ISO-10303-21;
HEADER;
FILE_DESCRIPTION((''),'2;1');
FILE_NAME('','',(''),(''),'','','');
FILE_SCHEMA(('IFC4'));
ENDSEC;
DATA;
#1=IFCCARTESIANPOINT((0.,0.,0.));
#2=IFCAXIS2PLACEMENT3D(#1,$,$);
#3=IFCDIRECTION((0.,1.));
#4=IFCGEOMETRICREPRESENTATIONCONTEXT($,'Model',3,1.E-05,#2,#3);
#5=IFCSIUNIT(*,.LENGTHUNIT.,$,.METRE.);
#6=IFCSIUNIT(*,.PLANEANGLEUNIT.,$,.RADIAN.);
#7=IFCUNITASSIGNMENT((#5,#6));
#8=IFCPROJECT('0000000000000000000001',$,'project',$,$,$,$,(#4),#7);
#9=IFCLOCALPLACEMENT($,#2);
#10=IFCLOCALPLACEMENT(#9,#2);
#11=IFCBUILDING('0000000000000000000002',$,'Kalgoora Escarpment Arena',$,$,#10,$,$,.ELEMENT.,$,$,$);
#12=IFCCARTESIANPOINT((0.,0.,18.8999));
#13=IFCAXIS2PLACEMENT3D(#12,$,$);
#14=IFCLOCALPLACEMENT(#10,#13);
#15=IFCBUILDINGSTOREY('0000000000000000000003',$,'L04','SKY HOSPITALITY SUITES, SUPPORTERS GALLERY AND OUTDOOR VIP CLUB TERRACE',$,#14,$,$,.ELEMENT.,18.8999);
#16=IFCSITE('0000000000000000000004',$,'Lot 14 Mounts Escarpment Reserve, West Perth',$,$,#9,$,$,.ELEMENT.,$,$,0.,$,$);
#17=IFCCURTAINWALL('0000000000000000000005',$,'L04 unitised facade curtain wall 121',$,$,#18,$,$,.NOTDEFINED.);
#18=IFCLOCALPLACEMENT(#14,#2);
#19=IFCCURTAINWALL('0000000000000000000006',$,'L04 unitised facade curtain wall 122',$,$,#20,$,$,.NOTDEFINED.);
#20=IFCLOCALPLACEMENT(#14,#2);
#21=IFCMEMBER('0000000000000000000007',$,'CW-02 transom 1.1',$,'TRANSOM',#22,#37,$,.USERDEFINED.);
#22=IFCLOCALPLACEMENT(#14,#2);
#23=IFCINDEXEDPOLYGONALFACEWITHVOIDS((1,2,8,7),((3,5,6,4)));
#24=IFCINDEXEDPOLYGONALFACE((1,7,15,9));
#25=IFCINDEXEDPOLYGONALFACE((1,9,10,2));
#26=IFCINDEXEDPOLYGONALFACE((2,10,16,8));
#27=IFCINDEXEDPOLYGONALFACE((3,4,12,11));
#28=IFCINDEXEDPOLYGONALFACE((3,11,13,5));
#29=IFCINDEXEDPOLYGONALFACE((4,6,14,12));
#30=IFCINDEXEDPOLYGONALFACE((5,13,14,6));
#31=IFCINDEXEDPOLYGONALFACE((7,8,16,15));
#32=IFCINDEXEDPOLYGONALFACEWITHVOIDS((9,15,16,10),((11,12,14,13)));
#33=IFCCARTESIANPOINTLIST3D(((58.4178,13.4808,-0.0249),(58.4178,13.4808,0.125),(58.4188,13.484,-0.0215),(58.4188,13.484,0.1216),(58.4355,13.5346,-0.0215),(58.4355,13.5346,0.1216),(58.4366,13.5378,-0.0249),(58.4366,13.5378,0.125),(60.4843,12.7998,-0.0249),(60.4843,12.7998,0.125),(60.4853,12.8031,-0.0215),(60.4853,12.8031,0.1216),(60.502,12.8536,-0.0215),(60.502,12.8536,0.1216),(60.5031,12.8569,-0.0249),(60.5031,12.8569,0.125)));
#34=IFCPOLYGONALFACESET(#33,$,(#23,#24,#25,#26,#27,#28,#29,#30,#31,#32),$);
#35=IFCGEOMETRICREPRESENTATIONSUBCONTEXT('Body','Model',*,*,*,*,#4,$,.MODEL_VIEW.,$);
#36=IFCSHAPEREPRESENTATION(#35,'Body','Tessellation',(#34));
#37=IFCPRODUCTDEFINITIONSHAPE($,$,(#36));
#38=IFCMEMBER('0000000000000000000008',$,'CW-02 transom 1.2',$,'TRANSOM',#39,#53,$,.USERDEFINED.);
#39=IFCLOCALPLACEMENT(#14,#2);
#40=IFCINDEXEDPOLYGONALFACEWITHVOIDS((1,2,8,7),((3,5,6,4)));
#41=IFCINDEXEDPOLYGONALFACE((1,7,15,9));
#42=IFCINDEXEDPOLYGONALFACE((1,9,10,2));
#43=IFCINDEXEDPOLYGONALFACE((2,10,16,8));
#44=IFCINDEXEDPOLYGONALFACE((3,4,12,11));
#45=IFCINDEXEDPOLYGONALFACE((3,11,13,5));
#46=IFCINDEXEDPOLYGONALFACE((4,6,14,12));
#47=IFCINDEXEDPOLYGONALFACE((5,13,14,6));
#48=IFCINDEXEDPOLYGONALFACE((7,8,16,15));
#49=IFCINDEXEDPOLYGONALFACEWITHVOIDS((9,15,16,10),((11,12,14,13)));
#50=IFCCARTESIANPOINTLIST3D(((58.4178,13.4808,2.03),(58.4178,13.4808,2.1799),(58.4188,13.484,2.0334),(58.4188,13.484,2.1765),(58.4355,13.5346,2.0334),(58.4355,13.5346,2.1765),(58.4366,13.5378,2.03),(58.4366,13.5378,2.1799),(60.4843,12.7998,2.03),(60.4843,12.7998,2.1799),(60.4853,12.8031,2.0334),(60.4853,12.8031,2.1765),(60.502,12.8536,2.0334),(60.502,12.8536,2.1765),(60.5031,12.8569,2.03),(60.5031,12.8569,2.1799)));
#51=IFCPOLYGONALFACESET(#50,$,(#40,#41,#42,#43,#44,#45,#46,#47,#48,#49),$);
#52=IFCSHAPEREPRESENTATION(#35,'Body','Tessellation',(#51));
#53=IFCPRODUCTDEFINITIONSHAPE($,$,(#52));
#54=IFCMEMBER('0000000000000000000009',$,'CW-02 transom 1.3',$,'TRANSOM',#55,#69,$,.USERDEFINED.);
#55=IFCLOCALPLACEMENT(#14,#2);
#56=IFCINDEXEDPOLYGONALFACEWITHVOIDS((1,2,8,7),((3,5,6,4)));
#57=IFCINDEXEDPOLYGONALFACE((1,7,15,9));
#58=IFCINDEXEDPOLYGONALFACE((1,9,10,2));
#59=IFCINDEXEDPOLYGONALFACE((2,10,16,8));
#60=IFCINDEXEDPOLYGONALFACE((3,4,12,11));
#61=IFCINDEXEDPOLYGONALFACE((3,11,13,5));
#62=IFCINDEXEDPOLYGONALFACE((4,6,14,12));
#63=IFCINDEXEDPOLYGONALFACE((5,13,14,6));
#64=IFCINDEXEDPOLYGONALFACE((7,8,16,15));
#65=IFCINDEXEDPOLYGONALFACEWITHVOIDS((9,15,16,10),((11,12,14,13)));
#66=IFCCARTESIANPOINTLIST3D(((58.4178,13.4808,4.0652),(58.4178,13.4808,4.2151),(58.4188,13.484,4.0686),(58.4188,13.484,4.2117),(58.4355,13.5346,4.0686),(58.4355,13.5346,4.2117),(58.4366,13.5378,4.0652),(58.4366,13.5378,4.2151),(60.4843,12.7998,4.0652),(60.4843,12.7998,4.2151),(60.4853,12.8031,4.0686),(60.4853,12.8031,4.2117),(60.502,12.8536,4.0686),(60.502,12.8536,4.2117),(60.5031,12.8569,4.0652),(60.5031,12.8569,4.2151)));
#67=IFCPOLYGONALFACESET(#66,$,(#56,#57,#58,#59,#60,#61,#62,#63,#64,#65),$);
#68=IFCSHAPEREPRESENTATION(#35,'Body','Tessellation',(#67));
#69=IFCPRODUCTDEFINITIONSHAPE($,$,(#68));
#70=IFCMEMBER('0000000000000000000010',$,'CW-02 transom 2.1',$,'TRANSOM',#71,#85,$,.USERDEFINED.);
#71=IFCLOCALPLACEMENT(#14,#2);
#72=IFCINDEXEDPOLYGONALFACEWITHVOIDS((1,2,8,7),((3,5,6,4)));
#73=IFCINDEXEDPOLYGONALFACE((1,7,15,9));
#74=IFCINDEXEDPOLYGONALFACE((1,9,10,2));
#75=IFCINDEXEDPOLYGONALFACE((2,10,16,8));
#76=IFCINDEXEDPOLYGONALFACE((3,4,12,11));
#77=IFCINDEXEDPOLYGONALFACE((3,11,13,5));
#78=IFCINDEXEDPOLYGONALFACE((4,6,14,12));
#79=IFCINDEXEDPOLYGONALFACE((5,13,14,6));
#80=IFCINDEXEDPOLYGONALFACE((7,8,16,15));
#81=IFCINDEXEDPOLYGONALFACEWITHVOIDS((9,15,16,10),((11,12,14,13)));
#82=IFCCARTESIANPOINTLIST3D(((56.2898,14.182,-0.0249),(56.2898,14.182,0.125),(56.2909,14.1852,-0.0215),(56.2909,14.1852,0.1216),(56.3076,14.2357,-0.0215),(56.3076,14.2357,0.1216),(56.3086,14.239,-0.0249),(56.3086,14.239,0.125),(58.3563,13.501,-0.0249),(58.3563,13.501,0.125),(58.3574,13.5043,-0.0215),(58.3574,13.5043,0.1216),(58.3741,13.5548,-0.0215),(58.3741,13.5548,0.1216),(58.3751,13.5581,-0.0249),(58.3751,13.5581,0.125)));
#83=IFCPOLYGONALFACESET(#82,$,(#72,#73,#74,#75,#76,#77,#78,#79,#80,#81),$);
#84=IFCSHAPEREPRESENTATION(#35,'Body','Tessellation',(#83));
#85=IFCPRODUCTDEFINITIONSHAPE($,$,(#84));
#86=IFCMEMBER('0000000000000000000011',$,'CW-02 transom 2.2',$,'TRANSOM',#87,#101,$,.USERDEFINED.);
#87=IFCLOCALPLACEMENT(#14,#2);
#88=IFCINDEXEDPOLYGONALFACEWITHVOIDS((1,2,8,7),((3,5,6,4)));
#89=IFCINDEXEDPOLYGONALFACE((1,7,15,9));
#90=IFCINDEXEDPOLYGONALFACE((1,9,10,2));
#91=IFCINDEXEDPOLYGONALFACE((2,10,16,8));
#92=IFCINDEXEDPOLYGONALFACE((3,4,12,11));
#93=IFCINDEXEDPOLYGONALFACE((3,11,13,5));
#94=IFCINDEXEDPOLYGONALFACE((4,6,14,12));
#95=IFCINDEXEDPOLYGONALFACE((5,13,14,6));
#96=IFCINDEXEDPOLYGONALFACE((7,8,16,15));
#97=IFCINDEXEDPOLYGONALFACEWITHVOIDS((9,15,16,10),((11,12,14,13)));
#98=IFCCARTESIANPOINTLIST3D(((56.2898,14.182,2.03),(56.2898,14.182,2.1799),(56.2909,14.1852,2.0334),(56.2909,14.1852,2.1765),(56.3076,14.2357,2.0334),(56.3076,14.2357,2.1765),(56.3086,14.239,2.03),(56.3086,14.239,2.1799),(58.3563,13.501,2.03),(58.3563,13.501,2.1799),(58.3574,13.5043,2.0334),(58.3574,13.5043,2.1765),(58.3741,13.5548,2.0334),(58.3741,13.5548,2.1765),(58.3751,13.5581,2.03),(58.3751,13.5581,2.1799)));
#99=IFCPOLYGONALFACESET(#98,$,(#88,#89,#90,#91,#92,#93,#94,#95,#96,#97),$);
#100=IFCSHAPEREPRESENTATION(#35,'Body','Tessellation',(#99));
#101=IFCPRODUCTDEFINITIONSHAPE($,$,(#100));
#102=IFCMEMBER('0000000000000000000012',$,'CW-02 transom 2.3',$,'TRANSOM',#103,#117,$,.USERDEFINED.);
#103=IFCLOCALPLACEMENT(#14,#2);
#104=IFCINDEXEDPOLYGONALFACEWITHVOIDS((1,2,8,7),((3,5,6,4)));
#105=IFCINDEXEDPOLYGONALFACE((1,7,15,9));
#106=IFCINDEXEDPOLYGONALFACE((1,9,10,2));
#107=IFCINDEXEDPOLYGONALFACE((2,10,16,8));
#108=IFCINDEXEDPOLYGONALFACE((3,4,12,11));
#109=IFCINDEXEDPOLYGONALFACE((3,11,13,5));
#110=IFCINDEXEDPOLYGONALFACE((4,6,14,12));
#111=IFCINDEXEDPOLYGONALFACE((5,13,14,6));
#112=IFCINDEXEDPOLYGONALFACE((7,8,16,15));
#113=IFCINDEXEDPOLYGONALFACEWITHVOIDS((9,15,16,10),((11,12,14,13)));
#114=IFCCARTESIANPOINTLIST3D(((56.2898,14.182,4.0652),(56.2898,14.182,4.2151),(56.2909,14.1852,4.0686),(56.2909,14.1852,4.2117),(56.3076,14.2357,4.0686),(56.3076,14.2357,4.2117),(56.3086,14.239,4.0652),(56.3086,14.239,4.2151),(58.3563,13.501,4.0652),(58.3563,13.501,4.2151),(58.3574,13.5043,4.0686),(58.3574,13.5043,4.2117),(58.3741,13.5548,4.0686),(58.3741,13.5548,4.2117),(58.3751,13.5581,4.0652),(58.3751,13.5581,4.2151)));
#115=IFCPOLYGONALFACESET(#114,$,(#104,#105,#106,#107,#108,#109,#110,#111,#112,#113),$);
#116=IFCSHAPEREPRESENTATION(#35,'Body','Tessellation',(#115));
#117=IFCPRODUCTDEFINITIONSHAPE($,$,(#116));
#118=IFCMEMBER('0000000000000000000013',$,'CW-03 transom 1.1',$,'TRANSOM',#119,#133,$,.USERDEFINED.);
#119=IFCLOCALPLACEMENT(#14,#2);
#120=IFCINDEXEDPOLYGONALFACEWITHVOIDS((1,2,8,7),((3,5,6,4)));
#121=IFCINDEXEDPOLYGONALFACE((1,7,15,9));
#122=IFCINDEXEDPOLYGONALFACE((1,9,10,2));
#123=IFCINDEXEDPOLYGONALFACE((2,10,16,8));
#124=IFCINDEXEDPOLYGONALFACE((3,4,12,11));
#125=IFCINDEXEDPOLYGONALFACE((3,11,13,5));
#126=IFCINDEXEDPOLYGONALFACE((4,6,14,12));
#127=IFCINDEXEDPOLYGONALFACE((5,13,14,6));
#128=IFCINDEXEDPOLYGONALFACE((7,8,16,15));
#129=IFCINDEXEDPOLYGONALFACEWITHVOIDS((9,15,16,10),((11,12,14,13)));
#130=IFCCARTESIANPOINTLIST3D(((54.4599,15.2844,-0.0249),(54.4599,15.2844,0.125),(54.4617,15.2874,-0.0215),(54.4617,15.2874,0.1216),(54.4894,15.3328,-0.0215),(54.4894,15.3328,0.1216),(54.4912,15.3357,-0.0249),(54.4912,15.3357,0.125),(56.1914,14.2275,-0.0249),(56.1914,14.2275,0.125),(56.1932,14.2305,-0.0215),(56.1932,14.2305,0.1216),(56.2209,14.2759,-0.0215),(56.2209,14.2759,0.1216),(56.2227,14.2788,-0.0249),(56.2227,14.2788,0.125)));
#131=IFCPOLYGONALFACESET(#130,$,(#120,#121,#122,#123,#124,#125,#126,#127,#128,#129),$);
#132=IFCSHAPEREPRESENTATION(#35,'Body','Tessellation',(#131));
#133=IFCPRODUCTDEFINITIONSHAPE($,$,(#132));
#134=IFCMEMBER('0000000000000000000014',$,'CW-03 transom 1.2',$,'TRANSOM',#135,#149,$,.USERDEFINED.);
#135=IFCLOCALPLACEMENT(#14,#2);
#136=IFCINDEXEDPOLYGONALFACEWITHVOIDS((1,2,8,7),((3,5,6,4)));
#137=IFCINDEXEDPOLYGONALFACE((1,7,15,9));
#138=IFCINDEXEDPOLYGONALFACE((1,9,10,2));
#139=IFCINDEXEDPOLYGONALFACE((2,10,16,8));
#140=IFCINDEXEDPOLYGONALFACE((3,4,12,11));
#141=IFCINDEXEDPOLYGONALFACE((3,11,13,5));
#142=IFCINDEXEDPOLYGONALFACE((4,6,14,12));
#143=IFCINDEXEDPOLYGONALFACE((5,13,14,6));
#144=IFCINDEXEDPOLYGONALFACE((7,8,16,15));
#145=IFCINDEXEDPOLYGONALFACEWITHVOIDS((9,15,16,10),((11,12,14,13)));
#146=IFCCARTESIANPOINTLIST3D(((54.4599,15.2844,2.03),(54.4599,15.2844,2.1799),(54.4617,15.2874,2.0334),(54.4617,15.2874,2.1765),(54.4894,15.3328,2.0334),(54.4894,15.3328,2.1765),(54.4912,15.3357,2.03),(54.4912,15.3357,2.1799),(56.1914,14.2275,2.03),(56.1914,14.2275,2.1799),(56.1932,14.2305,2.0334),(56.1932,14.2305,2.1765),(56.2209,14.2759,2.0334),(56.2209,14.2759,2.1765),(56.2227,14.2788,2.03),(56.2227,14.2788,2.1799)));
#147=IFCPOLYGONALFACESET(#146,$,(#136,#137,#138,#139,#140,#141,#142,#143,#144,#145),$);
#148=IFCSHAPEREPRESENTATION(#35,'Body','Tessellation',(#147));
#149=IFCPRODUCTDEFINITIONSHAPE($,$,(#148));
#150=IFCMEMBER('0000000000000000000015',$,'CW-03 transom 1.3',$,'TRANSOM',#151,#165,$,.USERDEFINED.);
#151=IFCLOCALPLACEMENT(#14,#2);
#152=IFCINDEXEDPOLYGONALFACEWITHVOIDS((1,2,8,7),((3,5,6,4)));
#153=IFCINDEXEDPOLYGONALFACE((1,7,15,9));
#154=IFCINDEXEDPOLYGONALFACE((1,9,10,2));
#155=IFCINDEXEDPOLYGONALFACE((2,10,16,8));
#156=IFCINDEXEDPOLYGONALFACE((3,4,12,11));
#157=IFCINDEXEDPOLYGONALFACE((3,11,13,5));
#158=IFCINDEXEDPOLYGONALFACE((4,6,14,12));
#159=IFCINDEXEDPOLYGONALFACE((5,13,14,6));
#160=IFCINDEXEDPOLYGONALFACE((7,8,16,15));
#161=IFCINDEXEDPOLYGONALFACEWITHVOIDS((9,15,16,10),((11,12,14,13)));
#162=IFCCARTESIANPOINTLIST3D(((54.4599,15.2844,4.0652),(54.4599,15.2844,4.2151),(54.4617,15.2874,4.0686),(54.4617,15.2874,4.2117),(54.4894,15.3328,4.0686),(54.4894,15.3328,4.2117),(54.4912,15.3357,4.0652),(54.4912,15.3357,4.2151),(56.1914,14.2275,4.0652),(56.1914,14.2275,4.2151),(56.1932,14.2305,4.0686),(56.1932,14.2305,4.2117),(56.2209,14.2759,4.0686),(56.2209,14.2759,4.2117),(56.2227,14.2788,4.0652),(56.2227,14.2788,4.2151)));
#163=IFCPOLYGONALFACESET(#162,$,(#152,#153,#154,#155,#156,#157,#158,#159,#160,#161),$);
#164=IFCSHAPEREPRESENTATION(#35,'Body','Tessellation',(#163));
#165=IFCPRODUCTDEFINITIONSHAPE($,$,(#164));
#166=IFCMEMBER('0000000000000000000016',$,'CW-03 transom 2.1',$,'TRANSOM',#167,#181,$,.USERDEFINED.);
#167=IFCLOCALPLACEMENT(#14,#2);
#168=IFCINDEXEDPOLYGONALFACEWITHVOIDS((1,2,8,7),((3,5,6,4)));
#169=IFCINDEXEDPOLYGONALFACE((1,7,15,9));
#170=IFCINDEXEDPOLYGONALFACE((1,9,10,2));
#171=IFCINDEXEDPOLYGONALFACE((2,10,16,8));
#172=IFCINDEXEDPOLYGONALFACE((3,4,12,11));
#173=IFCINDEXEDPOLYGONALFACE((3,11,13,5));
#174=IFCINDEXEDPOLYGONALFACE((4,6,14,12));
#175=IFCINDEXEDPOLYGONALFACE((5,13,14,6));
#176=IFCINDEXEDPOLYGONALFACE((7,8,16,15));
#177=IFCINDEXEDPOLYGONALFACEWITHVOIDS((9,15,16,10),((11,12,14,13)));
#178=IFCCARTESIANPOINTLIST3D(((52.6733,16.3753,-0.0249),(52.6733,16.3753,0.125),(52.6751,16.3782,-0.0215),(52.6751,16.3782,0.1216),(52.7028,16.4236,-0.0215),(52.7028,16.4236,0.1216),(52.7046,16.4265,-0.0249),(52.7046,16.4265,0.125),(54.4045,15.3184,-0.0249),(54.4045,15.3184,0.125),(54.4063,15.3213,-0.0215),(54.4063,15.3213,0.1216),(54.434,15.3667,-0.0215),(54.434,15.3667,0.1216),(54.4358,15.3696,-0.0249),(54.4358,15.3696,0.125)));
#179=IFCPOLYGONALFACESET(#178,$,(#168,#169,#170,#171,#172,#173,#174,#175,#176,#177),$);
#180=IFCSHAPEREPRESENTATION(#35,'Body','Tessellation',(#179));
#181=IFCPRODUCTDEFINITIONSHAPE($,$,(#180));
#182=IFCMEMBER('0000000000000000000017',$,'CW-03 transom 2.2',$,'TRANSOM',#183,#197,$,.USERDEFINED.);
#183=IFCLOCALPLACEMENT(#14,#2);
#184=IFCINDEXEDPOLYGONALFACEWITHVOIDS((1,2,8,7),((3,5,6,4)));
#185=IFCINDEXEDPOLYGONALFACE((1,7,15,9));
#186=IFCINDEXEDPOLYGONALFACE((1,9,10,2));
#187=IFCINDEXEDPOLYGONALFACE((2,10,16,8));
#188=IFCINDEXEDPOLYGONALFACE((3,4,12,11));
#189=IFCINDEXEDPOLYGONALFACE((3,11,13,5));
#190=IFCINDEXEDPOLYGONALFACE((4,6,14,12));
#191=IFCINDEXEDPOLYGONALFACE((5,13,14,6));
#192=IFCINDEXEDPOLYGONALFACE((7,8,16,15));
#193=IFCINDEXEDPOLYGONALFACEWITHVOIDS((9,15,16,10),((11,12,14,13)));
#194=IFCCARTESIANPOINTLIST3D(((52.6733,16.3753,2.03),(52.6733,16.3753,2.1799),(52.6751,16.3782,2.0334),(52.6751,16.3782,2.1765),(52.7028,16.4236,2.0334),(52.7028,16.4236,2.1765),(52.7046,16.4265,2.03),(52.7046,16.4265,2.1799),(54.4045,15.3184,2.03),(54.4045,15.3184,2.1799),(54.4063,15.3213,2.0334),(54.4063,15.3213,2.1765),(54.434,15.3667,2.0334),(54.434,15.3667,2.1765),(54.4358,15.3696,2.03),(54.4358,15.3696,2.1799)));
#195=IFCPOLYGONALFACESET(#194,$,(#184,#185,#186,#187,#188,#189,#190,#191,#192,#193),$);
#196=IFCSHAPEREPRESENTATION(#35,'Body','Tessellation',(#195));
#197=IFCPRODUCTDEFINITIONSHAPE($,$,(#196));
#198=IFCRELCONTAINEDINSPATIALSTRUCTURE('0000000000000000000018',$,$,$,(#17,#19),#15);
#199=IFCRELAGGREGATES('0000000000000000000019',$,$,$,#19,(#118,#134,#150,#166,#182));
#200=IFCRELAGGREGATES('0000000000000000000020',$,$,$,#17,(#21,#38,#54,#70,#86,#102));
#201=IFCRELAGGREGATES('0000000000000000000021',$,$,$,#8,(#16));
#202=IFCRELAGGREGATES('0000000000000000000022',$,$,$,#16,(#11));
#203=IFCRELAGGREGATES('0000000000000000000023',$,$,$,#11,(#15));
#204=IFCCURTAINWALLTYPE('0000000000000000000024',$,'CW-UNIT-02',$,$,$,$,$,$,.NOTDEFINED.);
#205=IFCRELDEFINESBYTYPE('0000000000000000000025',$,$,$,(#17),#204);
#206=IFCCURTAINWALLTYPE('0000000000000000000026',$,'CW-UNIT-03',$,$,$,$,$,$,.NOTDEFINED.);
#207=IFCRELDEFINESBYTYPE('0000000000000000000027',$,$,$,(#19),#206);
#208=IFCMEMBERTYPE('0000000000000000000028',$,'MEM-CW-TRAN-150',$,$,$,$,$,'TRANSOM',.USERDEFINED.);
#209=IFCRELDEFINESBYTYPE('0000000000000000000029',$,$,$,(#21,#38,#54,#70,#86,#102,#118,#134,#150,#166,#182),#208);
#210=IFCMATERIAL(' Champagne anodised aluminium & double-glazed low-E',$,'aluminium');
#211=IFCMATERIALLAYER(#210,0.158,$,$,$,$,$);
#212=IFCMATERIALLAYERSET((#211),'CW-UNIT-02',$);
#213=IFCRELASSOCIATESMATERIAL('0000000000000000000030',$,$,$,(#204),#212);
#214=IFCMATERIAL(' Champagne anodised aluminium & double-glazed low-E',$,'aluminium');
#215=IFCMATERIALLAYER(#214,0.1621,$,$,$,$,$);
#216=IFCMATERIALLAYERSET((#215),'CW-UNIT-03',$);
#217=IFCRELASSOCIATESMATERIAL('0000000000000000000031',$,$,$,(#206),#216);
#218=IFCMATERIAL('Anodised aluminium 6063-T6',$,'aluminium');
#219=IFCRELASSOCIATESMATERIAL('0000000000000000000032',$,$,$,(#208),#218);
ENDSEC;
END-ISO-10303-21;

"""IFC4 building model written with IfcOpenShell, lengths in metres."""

from ifc_helpers import new_model, si_unit, direction, frame, origin, origin_2d, place, context, subcontext, project, spatial, hollow_rectangle, extrude, material, layer, layer_set, material_profile, profile_set, type_object, element, aggregate, save


model = new_model("IFC4")

# Units and contexts
model_context = context("Model", 3, precision=1e-05, world=origin(), true_north=direction((0.0, 1.0)))
body_context = subcontext(model_context, "Body", "Model", "MODEL_VIEW")
ifc_project = project(units=[si_unit("LENGTHUNIT", "METRE"), si_unit("PLANEANGLEUNIT", "RADIAN")], contexts=[model_context])

# Site, building, storey
site_placement = place(None, origin())
site = spatial("IfcSite", under=ifc_project, at=site_placement, Name="Lot 14 Mounts Escarpment Reserve, West Perth", CompositionType="ELEMENT", RefElevation=0.0)
building_placement = place(site_placement, origin())
building = spatial("IfcBuilding", under=site, at=building_placement, Name="Kalgoora Escarpment Arena", CompositionType="ELEMENT")
storey_placement = place(building_placement, frame((0.0, 0.0, 18.8999)))
storey = spatial("IfcBuildingStorey", under=building, at=storey_placement, Name="L04", Description="SKY HOSPITALITY SUITES, SUPPORTERS GALLERY AND OUTDOOR VIP CLUB TERRACE", CompositionType="ELEMENT", Elevation=18.8999)

# Curtain walls
ifc_material_1 = material(Name=" Champagne anodised aluminium & double-glazed low-E", Category="aluminium")
ifc_layer_1 = layer(ifc_material_1, 0.158)
ifc_layer_set_1 = layer_set([ifc_layer_1], Name="CW-UNIT-02")
curtain_wall_type_1 = type_object("IfcCurtainWallType", Name="CW-UNIT-02", PredefinedType="NOTDEFINED", material=ifc_layer_set_1)
curtain_wall_1_placement = place(storey_placement, origin())
curtain_wall_1 = element("IfcCurtainWall", 1, at=curtain_wall_1_placement, inside=storey, type_object=curtain_wall_type_1, Name="L04 unitised facade curtain wall 121", PredefinedType="NOTDEFINED")
ifc_material_2 = material(Name=" Champagne anodised aluminium & double-glazed low-E", Category="aluminium")
ifc_layer_2 = layer(ifc_material_2, 0.1621)
ifc_layer_set_2 = layer_set([ifc_layer_2], Name="CW-UNIT-03")
curtain_wall_type_2 = type_object("IfcCurtainWallType", Name="CW-UNIT-03", PredefinedType="NOTDEFINED", material=ifc_layer_set_2)
curtain_wall_2_placement = place(storey_placement, origin())
curtain_wall_2 = element("IfcCurtainWall", 2, at=curtain_wall_2_placement, inside=storey, type_object=curtain_wall_type_2, Name="L04 unitised facade curtain wall 122", PredefinedType="NOTDEFINED")

# Members
ifc_material_3 = material(Name="Anodised aluminium 6063-T6", Category="aluminium")
ifc_material_profile_1 = material_profile(ifc_material_3, hollow_rectangle(XDim=0.0601, YDim=0.1499, WallThickness=0.0034, at=origin_2d()))
ifc_profile_set_1 = profile_set([ifc_material_profile_1], Name="Anodised aluminium 6063-T6")
member_type_1 = type_object("IfcMemberType", Name="MEM-CW-TRAN-150", ElementType="TRANSOM", PredefinedType="USERDEFINED", material=ifc_profile_set_1)
member_1_placement = place(storey_placement, frame((60.4937, 12.8284, 0.05), z_axis=(-0.949766, 0.312961, 0.0), x_axis=(-0.312961, -0.949766, 0.0)))
member_1 = element("IfcMember", 3, at=member_1_placement, type_object=member_type_1, Name="CW-02 transom 1.1", ObjectType="TRANSOM", PredefinedType="USERDEFINED", context=body_context, shape_type="SweptSolid", body=[
    extrude(hollow_rectangle(XDim=0.0601, YDim=0.1499, WallThickness=0.0034, at=origin_2d()), origin(), (0.0, 0.0, 1.0), 2.1758),
])
member_2_placement = place(storey_placement, frame((60.4937, 12.8284, 2.105), z_axis=(-0.949766, 0.312961, 0.0), x_axis=(-0.312961, -0.949766, 0.0)))
member_2 = element("IfcMember", 4, at=member_2_placement, type_object=member_type_1, Name="CW-02 transom 1.2", ObjectType="TRANSOM", PredefinedType="USERDEFINED", context=body_context, shape_type="SweptSolid", body=[
    extrude(hollow_rectangle(XDim=0.0601, YDim=0.1499, WallThickness=0.0034, at=origin_2d()), origin(), (0.0, 0.0, 1.0), 2.1758),
])
member_3_placement = place(storey_placement, frame((60.4937, 12.8284, 4.1401), z_axis=(-0.949766, 0.312961, 0.0), x_axis=(-0.312961, -0.949766, 0.0)))
member_3 = element("IfcMember", 5, at=member_3_placement, type_object=member_type_1, Name="CW-02 transom 1.3", ObjectType="TRANSOM", PredefinedType="USERDEFINED", context=body_context, shape_type="SweptSolid", body=[
    extrude(hollow_rectangle(XDim=0.0601, YDim=0.1499, WallThickness=0.0034, at=origin_2d()), origin(), (0.0, 0.0, 1.0), 2.1758),
])
member_4_placement = place(storey_placement, frame((58.3657, 13.5295, 0.05), z_axis=(-0.949766, 0.312961, 0.0), x_axis=(-0.312961, -0.949766, 0.0)))
member_4 = element("IfcMember", 6, at=member_4_placement, type_object=member_type_1, Name="CW-02 transom 2.1", ObjectType="TRANSOM", PredefinedType="USERDEFINED", context=body_context, shape_type="SweptSolid", body=[
    extrude(hollow_rectangle(XDim=0.0601, YDim=0.1499, WallThickness=0.0034, at=origin_2d()), origin(), (0.0, 0.0, 1.0), 2.1758),
])
member_5_placement = place(storey_placement, frame((58.3657, 13.5295, 2.105), z_axis=(-0.949766, 0.312961, 0.0), x_axis=(-0.312961, -0.949766, 0.0)))
member_5 = element("IfcMember", 7, at=member_5_placement, type_object=member_type_1, Name="CW-02 transom 2.2", ObjectType="TRANSOM", PredefinedType="USERDEFINED", context=body_context, shape_type="SweptSolid", body=[
    extrude(hollow_rectangle(XDim=0.0601, YDim=0.1499, WallThickness=0.0034, at=origin_2d()), origin(), (0.0, 0.0, 1.0), 2.1758),
])
member_6_placement = place(storey_placement, frame((58.3657, 13.5295, 4.1401), z_axis=(-0.949766, 0.312961, 0.0), x_axis=(-0.312961, -0.949766, 0.0)))
member_6 = element("IfcMember", 8, at=member_6_placement, type_object=member_type_1, Name="CW-02 transom 2.3", ObjectType="TRANSOM", PredefinedType="USERDEFINED", context=body_context, shape_type="SweptSolid", body=[
    extrude(hollow_rectangle(XDim=0.0601, YDim=0.1499, WallThickness=0.0034, at=origin_2d()), origin(), (0.0, 0.0, 1.0), 2.1758),
])
member_7_placement = place(storey_placement, frame((56.207, 14.2532, 0.05), z_axis=(-0.853549, 0.521012, 0.0), x_axis=(-0.521012, -0.853549, 0.0)))
member_7 = element("IfcMember", 9, at=member_7_placement, type_object=member_type_1, Name="CW-03 transom 1.1", ObjectType="TRANSOM", PredefinedType="USERDEFINED", context=body_context, shape_type="SweptSolid", body=[
    extrude(hollow_rectangle(XDim=0.0601, YDim=0.1499, WallThickness=0.0034, at=origin_2d()), origin(), (0.0, 0.0, 1.0), 2.0286),
])
member_8_placement = place(storey_placement, frame((56.207, 14.2532, 2.105), z_axis=(-0.853549, 0.521012, 0.0), x_axis=(-0.521012, -0.853549, 0.0)))
member_8 = element("IfcMember", 10, at=member_8_placement, type_object=member_type_1, Name="CW-03 transom 1.2", ObjectType="TRANSOM", PredefinedType="USERDEFINED", context=body_context, shape_type="SweptSolid", body=[
    extrude(hollow_rectangle(XDim=0.0601, YDim=0.1499, WallThickness=0.0034, at=origin_2d()), origin(), (0.0, 0.0, 1.0), 2.0286),
])
member_9_placement = place(storey_placement, frame((56.207, 14.2532, 4.1401), z_axis=(-0.853549, 0.521012, 0.0), x_axis=(-0.521012, -0.853549, 0.0)))
member_9 = element("IfcMember", 11, at=member_9_placement, type_object=member_type_1, Name="CW-03 transom 1.3", ObjectType="TRANSOM", PredefinedType="USERDEFINED", context=body_context, shape_type="SweptSolid", body=[
    extrude(hollow_rectangle(XDim=0.0601, YDim=0.1499, WallThickness=0.0034, at=origin_2d()), origin(), (0.0, 0.0, 1.0), 2.0286),
])
member_10_placement = place(storey_placement, frame((54.4202, 15.344, 0.05), z_axis=(-0.853517, 0.521065, 0.0), x_axis=(-0.521065, -0.853517, 0.0)))
member_10 = element("IfcMember", 12, at=member_10_placement, type_object=member_type_1, Name="CW-03 transom 2.1", ObjectType="TRANSOM", PredefinedType="USERDEFINED", context=body_context, shape_type="SweptSolid", body=[
    extrude(hollow_rectangle(XDim=0.0601, YDim=0.1499, WallThickness=0.0034, at=origin_2d()), origin(), (0.0, 0.0, 1.0), 2.0283),
])
member_11_placement = place(storey_placement, frame((54.4202, 15.344, 2.105), z_axis=(-0.853517, 0.521065, 0.0), x_axis=(-0.521065, -0.853517, 0.0)))
member_11 = element("IfcMember", 13, at=member_11_placement, type_object=member_type_1, Name="CW-03 transom 2.2", ObjectType="TRANSOM", PredefinedType="USERDEFINED", context=body_context, shape_type="SweptSolid", body=[
    extrude(hollow_rectangle(XDim=0.0601, YDim=0.1499, WallThickness=0.0034, at=origin_2d()), origin(), (0.0, 0.0, 1.0), 2.0283),
])

aggregate(curtain_wall_2, [member_7, member_8, member_9, member_10, member_11])
aggregate(curtain_wall_1, [member_1, member_2, member_3, member_4, member_5, member_6])

save(model, "model.ifc")
